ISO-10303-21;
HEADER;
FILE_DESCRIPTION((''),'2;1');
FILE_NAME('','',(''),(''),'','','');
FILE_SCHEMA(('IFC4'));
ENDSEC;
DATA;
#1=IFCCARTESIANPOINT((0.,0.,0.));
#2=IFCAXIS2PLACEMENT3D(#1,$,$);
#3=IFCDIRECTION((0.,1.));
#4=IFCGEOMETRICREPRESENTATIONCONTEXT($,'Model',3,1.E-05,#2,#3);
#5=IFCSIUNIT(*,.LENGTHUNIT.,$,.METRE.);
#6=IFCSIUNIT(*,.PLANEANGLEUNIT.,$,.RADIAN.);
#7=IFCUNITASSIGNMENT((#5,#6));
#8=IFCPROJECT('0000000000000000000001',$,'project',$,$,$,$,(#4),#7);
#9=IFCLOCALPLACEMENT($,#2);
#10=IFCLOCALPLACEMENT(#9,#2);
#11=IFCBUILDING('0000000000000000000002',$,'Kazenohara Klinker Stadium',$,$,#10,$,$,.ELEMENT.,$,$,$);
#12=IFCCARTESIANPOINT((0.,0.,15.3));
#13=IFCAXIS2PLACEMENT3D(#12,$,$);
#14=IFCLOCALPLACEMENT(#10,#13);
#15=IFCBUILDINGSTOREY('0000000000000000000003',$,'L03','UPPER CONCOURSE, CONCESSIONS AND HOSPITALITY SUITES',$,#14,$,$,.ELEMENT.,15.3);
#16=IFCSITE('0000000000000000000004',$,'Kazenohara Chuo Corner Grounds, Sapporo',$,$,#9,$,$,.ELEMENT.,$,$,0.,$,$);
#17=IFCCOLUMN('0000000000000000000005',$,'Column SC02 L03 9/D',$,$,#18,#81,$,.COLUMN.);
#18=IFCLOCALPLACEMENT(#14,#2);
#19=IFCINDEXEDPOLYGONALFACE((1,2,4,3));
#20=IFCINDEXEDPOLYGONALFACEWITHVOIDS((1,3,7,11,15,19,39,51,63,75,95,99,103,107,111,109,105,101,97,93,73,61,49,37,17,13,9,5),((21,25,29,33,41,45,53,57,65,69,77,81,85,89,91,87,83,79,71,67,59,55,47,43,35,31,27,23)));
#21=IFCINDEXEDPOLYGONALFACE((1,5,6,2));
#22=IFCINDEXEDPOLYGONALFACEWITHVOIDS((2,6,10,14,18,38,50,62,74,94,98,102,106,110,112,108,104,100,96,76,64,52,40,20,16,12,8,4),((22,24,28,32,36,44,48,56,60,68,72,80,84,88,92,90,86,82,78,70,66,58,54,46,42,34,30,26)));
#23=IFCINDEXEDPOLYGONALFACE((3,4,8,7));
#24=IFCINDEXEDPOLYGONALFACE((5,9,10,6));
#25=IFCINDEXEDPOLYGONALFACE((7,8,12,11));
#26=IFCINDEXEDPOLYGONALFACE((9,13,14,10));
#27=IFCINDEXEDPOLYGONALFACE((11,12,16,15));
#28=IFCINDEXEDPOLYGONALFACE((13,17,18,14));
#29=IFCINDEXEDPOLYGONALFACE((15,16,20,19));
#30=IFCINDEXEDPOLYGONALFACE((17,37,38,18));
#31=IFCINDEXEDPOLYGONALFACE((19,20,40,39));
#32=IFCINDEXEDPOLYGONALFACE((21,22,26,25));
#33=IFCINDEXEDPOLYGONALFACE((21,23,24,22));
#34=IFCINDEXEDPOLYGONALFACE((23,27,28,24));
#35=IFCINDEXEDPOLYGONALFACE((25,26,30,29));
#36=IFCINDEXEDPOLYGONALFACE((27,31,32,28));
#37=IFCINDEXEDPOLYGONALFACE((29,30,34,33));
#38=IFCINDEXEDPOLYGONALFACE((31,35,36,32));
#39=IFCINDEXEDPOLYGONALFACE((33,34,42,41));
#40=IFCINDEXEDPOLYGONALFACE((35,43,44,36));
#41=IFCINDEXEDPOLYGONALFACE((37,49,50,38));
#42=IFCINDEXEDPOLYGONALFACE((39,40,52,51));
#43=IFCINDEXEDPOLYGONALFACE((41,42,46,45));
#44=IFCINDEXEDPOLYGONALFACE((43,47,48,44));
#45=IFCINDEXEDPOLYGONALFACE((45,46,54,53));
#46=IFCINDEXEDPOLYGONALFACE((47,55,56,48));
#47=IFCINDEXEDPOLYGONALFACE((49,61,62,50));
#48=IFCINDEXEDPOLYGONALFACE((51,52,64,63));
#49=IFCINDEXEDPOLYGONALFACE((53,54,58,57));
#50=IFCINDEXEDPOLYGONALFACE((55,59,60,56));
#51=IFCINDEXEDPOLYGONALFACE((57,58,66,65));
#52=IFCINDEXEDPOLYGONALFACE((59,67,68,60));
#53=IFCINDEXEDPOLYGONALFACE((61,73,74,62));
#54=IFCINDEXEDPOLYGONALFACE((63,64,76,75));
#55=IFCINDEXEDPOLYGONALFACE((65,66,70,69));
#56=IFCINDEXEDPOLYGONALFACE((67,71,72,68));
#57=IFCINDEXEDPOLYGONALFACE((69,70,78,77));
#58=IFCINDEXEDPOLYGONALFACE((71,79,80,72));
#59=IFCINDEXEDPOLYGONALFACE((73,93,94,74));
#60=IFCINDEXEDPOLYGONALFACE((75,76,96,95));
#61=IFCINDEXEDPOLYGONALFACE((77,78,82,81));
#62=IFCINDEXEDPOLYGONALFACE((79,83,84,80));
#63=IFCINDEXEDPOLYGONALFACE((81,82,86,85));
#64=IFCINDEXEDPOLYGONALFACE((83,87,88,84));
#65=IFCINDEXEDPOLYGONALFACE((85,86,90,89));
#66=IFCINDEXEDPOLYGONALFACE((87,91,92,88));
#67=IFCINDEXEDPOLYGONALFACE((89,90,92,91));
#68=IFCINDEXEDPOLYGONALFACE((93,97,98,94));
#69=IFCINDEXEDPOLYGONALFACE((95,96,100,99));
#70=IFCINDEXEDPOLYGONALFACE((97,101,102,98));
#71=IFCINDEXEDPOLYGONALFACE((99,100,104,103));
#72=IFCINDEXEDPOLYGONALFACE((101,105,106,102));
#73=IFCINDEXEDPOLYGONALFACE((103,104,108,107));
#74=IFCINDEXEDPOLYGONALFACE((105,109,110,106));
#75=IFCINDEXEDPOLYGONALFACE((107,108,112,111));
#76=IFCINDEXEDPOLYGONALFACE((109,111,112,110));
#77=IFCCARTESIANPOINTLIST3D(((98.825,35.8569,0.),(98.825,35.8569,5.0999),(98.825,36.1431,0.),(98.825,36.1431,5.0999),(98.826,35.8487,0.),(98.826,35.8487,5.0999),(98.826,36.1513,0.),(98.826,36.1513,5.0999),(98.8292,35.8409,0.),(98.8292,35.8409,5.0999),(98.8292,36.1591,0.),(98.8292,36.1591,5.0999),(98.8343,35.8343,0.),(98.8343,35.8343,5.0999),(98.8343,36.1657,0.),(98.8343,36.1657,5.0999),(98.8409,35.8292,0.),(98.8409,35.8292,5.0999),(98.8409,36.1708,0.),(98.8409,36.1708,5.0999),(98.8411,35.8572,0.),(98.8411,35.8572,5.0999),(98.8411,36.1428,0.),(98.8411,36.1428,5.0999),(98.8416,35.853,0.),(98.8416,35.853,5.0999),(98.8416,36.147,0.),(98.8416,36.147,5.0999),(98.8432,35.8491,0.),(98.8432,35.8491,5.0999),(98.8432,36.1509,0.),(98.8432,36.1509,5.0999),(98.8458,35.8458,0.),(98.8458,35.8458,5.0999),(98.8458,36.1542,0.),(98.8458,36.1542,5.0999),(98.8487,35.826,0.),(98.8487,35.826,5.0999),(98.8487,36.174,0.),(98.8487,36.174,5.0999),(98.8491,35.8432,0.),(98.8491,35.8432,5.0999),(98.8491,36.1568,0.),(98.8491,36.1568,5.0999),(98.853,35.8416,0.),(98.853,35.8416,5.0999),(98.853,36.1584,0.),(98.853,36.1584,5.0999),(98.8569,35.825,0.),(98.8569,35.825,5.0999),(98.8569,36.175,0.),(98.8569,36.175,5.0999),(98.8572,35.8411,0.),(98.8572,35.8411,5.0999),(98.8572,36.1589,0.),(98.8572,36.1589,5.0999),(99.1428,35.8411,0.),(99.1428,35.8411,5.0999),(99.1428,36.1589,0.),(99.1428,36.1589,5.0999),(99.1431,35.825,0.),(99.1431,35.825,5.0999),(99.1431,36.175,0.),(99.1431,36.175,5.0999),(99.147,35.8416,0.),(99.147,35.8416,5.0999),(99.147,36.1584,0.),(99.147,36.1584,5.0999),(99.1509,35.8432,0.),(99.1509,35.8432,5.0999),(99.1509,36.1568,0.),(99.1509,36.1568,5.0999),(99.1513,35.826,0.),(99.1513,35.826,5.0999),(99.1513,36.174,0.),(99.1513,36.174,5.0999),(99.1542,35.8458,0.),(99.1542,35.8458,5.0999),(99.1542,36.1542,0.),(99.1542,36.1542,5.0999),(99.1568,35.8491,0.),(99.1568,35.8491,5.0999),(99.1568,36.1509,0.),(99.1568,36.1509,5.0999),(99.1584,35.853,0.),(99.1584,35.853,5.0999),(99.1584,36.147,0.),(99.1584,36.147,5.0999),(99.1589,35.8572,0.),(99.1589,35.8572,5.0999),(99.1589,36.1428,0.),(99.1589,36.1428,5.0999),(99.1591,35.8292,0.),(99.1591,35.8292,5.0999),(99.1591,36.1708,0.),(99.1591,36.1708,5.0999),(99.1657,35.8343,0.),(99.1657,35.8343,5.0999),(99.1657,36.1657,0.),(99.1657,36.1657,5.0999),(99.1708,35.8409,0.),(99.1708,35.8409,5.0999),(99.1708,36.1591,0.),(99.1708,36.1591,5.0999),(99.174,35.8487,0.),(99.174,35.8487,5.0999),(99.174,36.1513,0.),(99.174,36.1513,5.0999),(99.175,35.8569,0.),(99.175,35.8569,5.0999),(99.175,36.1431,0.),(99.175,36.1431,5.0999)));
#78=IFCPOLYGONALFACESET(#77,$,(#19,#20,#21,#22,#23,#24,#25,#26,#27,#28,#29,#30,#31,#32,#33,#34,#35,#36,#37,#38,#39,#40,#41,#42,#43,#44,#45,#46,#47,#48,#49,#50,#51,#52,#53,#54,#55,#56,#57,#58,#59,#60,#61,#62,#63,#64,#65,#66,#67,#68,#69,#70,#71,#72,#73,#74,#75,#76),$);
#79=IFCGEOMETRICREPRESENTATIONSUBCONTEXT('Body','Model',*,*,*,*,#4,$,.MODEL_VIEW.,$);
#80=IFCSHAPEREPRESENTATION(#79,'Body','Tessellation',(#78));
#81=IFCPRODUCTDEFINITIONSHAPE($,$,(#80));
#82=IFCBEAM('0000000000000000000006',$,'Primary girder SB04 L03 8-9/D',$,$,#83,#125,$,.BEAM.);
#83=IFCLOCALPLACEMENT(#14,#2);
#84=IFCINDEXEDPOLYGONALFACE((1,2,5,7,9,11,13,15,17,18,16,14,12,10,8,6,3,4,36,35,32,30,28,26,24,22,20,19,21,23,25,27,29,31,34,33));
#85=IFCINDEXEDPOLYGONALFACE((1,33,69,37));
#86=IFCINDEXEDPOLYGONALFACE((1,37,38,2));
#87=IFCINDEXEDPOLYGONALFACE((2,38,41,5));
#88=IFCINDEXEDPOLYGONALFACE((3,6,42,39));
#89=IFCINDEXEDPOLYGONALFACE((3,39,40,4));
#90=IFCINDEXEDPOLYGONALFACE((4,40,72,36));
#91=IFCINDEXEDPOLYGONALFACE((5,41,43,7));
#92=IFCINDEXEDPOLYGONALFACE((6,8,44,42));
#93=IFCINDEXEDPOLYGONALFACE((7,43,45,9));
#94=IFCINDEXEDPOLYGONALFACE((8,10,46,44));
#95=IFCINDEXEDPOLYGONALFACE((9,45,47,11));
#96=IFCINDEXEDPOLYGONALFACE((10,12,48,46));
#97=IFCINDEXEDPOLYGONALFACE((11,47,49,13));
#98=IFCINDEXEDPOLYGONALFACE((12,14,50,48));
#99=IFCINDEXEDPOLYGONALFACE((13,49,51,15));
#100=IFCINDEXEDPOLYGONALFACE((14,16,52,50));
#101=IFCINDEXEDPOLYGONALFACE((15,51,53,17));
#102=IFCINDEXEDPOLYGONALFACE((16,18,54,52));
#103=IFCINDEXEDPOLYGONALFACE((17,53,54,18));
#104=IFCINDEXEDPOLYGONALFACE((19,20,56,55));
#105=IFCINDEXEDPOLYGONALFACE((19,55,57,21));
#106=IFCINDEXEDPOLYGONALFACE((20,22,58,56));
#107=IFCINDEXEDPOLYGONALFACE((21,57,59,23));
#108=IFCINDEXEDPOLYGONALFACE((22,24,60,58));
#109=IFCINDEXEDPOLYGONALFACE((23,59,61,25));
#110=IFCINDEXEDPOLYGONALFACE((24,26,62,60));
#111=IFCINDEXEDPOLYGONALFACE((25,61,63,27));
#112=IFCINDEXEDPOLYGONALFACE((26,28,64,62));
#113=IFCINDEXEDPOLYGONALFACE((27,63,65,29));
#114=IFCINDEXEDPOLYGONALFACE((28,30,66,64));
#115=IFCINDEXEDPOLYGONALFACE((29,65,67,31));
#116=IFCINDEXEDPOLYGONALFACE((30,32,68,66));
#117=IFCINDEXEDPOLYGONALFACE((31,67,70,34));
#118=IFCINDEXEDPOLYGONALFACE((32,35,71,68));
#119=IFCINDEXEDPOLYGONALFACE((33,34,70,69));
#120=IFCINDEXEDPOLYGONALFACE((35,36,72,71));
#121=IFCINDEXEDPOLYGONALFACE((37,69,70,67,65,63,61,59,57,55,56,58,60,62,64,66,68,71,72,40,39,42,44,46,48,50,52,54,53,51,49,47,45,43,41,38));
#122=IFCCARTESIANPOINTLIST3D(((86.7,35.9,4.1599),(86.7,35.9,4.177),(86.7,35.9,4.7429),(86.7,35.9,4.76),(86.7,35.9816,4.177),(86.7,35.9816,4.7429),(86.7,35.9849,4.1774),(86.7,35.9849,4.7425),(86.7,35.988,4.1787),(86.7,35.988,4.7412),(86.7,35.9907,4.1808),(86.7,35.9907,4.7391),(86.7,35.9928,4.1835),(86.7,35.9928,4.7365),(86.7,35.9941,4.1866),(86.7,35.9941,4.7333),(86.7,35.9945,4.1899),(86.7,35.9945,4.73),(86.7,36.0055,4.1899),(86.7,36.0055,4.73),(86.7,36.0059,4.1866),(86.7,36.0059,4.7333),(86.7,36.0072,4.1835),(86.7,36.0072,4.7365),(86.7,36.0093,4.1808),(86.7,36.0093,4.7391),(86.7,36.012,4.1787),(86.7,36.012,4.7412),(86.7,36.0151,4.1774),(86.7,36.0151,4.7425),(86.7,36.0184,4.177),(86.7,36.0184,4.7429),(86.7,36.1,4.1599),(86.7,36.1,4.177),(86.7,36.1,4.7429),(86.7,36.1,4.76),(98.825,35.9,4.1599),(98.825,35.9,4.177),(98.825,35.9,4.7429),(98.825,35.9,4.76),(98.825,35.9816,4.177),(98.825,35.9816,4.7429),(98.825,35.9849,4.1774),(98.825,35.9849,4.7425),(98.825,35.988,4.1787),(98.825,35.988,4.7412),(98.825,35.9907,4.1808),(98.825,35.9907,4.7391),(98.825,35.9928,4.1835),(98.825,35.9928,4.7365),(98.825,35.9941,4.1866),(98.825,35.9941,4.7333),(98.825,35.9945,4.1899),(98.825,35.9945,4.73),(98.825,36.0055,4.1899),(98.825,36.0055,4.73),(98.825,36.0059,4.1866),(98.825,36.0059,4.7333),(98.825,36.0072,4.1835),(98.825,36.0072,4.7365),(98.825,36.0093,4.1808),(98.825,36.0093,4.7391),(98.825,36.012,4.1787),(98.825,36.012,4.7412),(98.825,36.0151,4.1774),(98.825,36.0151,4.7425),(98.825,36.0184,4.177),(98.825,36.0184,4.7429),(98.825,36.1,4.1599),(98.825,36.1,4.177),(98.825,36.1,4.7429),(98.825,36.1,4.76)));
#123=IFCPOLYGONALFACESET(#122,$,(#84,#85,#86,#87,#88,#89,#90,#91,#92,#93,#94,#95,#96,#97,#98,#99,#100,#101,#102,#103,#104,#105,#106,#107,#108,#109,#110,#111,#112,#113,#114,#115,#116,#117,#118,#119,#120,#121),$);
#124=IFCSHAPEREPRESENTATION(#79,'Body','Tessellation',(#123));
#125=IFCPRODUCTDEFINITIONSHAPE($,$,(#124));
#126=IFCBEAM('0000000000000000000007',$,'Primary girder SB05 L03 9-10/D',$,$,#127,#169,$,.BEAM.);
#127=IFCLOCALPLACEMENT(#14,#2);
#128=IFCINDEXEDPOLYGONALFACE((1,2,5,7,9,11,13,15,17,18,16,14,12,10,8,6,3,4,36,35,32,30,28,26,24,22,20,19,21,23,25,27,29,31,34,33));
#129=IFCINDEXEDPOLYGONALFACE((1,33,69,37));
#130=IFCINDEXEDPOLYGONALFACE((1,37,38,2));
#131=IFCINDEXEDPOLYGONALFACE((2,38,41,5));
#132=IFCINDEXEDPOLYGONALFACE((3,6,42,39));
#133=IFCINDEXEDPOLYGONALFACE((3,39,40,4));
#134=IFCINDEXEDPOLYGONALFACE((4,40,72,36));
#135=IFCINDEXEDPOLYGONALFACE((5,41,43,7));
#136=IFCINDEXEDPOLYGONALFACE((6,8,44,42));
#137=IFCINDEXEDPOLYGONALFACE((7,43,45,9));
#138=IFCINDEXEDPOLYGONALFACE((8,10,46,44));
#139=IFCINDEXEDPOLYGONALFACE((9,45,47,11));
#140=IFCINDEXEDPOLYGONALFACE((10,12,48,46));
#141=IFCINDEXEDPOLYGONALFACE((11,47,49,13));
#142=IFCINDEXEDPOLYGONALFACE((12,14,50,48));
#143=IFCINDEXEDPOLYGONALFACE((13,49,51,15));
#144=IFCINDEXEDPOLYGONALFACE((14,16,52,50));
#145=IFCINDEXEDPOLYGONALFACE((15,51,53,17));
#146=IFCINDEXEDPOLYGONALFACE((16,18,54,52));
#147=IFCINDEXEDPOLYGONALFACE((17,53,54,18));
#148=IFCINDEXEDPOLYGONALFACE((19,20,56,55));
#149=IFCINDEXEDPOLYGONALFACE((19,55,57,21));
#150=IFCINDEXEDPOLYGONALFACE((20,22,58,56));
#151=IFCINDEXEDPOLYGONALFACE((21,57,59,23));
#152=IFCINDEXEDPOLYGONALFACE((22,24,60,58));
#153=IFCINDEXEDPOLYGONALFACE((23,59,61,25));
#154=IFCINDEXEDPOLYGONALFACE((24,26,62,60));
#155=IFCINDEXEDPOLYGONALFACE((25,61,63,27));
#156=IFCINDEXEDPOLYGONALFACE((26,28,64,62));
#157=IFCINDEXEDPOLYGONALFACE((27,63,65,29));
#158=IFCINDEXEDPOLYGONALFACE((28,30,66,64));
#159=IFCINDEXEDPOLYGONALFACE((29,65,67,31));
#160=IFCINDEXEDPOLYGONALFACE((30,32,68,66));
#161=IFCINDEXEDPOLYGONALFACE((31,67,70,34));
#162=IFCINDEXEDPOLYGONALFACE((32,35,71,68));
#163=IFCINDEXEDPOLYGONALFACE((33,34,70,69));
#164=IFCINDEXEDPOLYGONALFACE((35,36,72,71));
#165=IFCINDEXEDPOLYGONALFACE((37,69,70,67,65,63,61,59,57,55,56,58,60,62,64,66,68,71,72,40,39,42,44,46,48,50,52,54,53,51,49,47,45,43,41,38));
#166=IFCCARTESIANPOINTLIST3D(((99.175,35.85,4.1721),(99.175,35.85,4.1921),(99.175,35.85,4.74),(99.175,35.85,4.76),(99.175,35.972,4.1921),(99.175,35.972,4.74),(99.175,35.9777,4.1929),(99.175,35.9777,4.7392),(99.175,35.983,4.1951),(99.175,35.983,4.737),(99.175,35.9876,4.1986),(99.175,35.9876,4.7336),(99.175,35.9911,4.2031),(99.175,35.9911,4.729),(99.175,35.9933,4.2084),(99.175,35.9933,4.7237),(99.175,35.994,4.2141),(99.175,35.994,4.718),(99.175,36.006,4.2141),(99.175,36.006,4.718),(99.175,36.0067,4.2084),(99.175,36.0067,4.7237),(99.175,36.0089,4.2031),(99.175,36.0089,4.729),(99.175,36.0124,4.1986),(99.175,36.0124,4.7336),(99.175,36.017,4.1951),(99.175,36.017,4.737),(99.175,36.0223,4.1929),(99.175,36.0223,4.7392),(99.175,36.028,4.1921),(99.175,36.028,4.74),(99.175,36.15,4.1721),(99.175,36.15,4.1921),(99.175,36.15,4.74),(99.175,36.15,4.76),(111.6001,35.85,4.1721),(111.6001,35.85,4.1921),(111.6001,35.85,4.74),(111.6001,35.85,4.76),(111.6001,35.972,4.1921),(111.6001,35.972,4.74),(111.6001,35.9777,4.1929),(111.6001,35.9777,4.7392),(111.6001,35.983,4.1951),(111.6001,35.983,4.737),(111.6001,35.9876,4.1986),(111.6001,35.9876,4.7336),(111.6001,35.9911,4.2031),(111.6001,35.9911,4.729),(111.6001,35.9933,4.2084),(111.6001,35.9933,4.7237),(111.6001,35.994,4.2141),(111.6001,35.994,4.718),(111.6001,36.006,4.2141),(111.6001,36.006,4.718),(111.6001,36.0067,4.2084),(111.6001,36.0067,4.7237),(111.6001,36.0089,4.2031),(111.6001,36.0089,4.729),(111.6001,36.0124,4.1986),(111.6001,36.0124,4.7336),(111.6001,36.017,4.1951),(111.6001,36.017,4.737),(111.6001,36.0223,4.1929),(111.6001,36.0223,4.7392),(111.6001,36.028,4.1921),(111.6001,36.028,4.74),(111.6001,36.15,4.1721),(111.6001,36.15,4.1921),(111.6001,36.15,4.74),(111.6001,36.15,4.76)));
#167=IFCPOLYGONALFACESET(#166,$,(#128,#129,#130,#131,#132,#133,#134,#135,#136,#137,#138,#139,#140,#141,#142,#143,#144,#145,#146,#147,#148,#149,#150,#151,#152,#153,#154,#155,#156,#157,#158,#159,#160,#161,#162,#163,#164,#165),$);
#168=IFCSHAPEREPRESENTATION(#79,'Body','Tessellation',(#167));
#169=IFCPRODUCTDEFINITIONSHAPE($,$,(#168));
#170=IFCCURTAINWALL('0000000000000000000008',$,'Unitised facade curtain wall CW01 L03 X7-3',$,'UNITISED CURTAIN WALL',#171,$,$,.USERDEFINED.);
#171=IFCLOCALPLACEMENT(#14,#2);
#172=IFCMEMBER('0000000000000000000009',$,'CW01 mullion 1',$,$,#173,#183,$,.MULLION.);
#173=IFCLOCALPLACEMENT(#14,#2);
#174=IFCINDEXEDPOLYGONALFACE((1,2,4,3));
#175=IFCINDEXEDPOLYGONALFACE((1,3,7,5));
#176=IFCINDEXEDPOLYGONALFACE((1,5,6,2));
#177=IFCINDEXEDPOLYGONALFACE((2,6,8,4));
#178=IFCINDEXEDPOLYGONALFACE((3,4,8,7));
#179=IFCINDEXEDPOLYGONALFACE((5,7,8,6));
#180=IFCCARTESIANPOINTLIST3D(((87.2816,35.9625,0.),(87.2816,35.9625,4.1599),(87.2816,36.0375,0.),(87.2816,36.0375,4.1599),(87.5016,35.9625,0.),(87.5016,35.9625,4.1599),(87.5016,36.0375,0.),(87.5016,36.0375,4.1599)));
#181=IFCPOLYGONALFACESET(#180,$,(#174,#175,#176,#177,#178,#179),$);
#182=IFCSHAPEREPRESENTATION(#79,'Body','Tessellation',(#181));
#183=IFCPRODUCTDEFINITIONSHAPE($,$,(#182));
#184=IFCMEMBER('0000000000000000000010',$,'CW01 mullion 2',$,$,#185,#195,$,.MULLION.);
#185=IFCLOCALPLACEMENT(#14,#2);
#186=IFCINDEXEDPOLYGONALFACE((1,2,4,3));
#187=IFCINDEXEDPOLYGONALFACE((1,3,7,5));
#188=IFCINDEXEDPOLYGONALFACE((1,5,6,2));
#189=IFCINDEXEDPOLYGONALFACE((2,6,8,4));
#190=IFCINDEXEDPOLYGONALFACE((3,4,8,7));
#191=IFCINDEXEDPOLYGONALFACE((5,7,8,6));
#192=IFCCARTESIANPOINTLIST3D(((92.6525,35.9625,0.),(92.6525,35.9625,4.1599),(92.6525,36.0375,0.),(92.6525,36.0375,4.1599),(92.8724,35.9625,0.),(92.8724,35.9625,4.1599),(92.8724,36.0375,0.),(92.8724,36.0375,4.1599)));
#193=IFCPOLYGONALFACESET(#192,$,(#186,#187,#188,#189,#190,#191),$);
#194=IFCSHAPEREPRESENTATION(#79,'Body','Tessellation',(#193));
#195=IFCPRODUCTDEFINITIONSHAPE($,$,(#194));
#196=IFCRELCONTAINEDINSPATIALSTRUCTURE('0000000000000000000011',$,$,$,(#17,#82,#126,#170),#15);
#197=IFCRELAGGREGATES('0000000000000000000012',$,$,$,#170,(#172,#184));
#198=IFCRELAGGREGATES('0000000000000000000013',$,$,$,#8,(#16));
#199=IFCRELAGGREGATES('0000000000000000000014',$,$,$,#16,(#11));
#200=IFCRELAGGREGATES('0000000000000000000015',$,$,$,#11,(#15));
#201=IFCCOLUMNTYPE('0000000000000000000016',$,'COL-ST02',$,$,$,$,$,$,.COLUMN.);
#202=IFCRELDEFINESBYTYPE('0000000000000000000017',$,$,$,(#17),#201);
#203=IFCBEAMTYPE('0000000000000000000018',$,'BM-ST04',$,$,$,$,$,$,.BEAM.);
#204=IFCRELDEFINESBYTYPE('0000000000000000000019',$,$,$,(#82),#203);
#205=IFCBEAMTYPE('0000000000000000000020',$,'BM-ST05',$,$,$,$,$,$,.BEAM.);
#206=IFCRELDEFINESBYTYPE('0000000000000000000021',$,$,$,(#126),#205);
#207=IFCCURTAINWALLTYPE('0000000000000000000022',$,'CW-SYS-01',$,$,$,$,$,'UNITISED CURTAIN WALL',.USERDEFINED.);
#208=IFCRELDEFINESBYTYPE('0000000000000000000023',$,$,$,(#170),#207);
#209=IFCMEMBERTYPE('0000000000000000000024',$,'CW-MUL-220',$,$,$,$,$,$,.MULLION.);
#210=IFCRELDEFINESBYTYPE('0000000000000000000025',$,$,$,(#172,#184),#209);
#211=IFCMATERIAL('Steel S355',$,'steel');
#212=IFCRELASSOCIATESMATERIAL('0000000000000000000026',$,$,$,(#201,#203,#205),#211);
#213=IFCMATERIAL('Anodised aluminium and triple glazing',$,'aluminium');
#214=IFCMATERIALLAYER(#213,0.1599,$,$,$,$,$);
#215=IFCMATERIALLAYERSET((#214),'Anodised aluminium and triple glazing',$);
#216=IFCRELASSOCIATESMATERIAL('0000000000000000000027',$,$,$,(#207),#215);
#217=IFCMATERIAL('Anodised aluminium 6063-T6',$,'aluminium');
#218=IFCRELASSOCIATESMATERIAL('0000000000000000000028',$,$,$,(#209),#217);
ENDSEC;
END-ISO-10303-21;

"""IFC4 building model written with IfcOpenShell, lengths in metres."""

from ifc_helpers import new_model, si_unit, direction, frame, origin, origin_2d, place, context, subcontext, project, spatial, rectangle, hollow_rectangle, i_section, extrude, material, layer, layer_set, material_profile, profile_set, type_object, element, aggregate, save


model = new_model("IFC4")

# Units and contexts
model_context = context("Model", 3, precision=1e-05, world=origin(), true_north=direction((0.0, 1.0)))
body_context = subcontext(model_context, "Body", "Model", "MODEL_VIEW")
ifc_project = project(units=[si_unit("LENGTHUNIT", "METRE"), si_unit("PLANEANGLEUNIT", "RADIAN")], contexts=[model_context])

# Site, building, storey
site_placement = place(None, origin())
site = spatial("IfcSite", under=ifc_project, at=site_placement, Name="Kazenohara Chuo Corner Grounds, Sapporo", CompositionType="ELEMENT", RefElevation=0.0)
building_placement = place(site_placement, origin())
building = spatial("IfcBuilding", under=site, at=building_placement, Name="Kazenohara Klinker Stadium", CompositionType="ELEMENT")
storey_placement = place(building_placement, frame((0.0, 0.0, 15.3)))
storey = spatial("IfcBuildingStorey", under=building, at=storey_placement, Name="L03", Description="UPPER CONCOURSE, CONCESSIONS AND HOSPITALITY SUITES", CompositionType="ELEMENT", Elevation=15.3)

# Column
ifc_material_1 = material(Name="Steel S355", Category="steel")
ifc_material_profile_1 = material_profile(ifc_material_1, hollow_rectangle(XDim=0.3501, YDim=0.3501, WallThickness=0.0161, InnerFilletRadius=0.0161, OuterFilletRadius=0.032, at=origin_2d()), Name="SHS-350x350x16")
ifc_profile_set_1 = profile_set([ifc_material_profile_1], Name="Steel S355")
column_type = type_object("IfcColumnType", Name="COL-ST02", PredefinedType="COLUMN", material=ifc_profile_set_1)
column_placement = place(storey_placement, frame((99.0, 36.0, 0.0), z_axis=(0.0, 0.0, 1.0), x_axis=(1.0, 0.0, 0.0)))
element("IfcColumn", 1, at=column_placement, inside=storey, type_object=column_type, Name="Column SC02 L03 9/D", PredefinedType="COLUMN", context=body_context, shape_type="SweptSolid", body=[
    extrude(hollow_rectangle(XDim=0.3501, YDim=0.3501, WallThickness=0.0161, InnerFilletRadius=0.0161, OuterFilletRadius=0.032, at=origin_2d()), origin(), (0.0, 0.0, 1.0), 5.0999),
])

# Beams
ifc_material_profile_2 = material_profile(ifc_material_1, i_section(OverallWidth=0.2, OverallDepth=0.6001, WebThickness=0.011, FlangeThickness=0.0171, FilletRadius=0.0129, at=origin_2d()), Name="H-600x200x11x17")
ifc_profile_set_2 = profile_set([ifc_material_profile_2], Name="Steel S355")
beam_type_1 = type_object("IfcBeamType", Name="BM-ST04", PredefinedType="BEAM", material=ifc_profile_set_2)
beam_1_placement = place(storey_placement, frame((86.7, 36.0, 4.46), z_axis=(1.0, 0.0, 0.0), x_axis=(0.0, 1.0, 0.0)))
element("IfcBeam", 2, at=beam_1_placement, inside=storey, type_object=beam_type_1, Name="Primary girder SB04 L03 8-9/D", PredefinedType="BEAM", context=body_context, shape_type="SweptSolid", body=[
    extrude(i_section(OverallWidth=0.2, OverallDepth=0.6001, WebThickness=0.011, FlangeThickness=0.0171, FilletRadius=0.0129, at=origin_2d()), origin(), (0.0, 0.0, 1.0), 12.125),
])
ifc_material_profile_3 = material_profile(ifc_material_1, i_section(OverallWidth=0.3, OverallDepth=0.5879, WebThickness=0.012, FlangeThickness=0.02, FilletRadius=0.022, at=origin_2d()), Name="H-588x300x12x20")
ifc_profile_set_3 = profile_set([ifc_material_profile_3], Name="Steel S355")
beam_type_2 = type_object("IfcBeamType", Name="BM-ST05", PredefinedType="BEAM", material=ifc_profile_set_3)
beam_2_placement = place(storey_placement, frame((99.175, 36.0, 4.4661), z_axis=(1.0, 0.0, 0.0), x_axis=(0.0, 1.0, 0.0)))
element("IfcBeam", 3, at=beam_2_placement, inside=storey, type_object=beam_type_2, Name="Primary girder SB05 L03 9-10/D", PredefinedType="BEAM", context=body_context, shape_type="SweptSolid", body=[
    extrude(i_section(OverallWidth=0.3, OverallDepth=0.5879, WebThickness=0.012, FlangeThickness=0.02, FilletRadius=0.022, at=origin_2d()), origin(), (0.0, 0.0, 1.0), 12.425),
])

# Curtain wall, members
ifc_material_2 = material(Name="Anodised aluminium and triple glazing", Category="aluminium")
ifc_layer_1 = layer(ifc_material_2, 0.1599)
ifc_layer_set_1 = layer_set([ifc_layer_1], Name="Anodised aluminium and triple glazing")
curtain_wall_type_1 = type_object("IfcCurtainWallType", Name="CW-SYS-01", ElementType="UNITISED CURTAIN WALL", PredefinedType="USERDEFINED", material=ifc_layer_set_1)
curtain_wall_1_placement = place(storey_placement, origin())
curtain_wall_1 = element("IfcCurtainWall", 4, at=curtain_wall_1_placement, inside=storey, type_object=curtain_wall_type_1, Name="Unitised facade curtain wall CW01 L03 X7-3", ObjectType="UNITISED CURTAIN WALL", PredefinedType="USERDEFINED")
ifc_material_3 = material(Name="Anodised aluminium 6063-T6", Category="aluminium")
ifc_material_profile_4 = material_profile(ifc_material_3, rectangle(XDim=0.075, YDim=0.22, at=origin_2d()), Name="ALU-MUL-75x220")
ifc_profile_set_4 = profile_set([ifc_material_profile_4], Name="Anodised aluminium 6063-T6")
member_type_1 = type_object("IfcMemberType", Name="CW-MUL-220", PredefinedType="MULLION", material=ifc_profile_set_4)
member_1_placement = place(storey_placement, frame((87.3916, 36.0, 0.0), z_axis=(0.0, 0.0, 1.0), x_axis=(0.0, 1.0, 0.0)))
member_1 = element("IfcMember", 5, at=member_1_placement, type_object=member_type_1, Name="CW01 mullion 1", PredefinedType="MULLION", context=body_context, shape_type="SweptSolid", body=[
    extrude(rectangle(XDim=0.075, YDim=0.22, at=origin_2d()), origin(), (0.0, 0.0, 1.0), 4.1599),
])
member_2_placement = place(storey_placement, frame((92.7625, 36.0, 0.0), z_axis=(0.0, 0.0, 1.0), x_axis=(0.0, 1.0, 0.0)))
member_2 = element("IfcMember", 6, at=member_2_placement, type_object=member_type_1, Name="CW01 mullion 2", PredefinedType="MULLION", context=body_context, shape_type="SweptSolid", body=[
    extrude(rectangle(XDim=0.075, YDim=0.22, at=origin_2d()), origin(), (0.0, 0.0, 1.0), 4.1599),
])

aggregate(curtain_wall_1, [member_1, member_2])

save(model, "model.ifc")
